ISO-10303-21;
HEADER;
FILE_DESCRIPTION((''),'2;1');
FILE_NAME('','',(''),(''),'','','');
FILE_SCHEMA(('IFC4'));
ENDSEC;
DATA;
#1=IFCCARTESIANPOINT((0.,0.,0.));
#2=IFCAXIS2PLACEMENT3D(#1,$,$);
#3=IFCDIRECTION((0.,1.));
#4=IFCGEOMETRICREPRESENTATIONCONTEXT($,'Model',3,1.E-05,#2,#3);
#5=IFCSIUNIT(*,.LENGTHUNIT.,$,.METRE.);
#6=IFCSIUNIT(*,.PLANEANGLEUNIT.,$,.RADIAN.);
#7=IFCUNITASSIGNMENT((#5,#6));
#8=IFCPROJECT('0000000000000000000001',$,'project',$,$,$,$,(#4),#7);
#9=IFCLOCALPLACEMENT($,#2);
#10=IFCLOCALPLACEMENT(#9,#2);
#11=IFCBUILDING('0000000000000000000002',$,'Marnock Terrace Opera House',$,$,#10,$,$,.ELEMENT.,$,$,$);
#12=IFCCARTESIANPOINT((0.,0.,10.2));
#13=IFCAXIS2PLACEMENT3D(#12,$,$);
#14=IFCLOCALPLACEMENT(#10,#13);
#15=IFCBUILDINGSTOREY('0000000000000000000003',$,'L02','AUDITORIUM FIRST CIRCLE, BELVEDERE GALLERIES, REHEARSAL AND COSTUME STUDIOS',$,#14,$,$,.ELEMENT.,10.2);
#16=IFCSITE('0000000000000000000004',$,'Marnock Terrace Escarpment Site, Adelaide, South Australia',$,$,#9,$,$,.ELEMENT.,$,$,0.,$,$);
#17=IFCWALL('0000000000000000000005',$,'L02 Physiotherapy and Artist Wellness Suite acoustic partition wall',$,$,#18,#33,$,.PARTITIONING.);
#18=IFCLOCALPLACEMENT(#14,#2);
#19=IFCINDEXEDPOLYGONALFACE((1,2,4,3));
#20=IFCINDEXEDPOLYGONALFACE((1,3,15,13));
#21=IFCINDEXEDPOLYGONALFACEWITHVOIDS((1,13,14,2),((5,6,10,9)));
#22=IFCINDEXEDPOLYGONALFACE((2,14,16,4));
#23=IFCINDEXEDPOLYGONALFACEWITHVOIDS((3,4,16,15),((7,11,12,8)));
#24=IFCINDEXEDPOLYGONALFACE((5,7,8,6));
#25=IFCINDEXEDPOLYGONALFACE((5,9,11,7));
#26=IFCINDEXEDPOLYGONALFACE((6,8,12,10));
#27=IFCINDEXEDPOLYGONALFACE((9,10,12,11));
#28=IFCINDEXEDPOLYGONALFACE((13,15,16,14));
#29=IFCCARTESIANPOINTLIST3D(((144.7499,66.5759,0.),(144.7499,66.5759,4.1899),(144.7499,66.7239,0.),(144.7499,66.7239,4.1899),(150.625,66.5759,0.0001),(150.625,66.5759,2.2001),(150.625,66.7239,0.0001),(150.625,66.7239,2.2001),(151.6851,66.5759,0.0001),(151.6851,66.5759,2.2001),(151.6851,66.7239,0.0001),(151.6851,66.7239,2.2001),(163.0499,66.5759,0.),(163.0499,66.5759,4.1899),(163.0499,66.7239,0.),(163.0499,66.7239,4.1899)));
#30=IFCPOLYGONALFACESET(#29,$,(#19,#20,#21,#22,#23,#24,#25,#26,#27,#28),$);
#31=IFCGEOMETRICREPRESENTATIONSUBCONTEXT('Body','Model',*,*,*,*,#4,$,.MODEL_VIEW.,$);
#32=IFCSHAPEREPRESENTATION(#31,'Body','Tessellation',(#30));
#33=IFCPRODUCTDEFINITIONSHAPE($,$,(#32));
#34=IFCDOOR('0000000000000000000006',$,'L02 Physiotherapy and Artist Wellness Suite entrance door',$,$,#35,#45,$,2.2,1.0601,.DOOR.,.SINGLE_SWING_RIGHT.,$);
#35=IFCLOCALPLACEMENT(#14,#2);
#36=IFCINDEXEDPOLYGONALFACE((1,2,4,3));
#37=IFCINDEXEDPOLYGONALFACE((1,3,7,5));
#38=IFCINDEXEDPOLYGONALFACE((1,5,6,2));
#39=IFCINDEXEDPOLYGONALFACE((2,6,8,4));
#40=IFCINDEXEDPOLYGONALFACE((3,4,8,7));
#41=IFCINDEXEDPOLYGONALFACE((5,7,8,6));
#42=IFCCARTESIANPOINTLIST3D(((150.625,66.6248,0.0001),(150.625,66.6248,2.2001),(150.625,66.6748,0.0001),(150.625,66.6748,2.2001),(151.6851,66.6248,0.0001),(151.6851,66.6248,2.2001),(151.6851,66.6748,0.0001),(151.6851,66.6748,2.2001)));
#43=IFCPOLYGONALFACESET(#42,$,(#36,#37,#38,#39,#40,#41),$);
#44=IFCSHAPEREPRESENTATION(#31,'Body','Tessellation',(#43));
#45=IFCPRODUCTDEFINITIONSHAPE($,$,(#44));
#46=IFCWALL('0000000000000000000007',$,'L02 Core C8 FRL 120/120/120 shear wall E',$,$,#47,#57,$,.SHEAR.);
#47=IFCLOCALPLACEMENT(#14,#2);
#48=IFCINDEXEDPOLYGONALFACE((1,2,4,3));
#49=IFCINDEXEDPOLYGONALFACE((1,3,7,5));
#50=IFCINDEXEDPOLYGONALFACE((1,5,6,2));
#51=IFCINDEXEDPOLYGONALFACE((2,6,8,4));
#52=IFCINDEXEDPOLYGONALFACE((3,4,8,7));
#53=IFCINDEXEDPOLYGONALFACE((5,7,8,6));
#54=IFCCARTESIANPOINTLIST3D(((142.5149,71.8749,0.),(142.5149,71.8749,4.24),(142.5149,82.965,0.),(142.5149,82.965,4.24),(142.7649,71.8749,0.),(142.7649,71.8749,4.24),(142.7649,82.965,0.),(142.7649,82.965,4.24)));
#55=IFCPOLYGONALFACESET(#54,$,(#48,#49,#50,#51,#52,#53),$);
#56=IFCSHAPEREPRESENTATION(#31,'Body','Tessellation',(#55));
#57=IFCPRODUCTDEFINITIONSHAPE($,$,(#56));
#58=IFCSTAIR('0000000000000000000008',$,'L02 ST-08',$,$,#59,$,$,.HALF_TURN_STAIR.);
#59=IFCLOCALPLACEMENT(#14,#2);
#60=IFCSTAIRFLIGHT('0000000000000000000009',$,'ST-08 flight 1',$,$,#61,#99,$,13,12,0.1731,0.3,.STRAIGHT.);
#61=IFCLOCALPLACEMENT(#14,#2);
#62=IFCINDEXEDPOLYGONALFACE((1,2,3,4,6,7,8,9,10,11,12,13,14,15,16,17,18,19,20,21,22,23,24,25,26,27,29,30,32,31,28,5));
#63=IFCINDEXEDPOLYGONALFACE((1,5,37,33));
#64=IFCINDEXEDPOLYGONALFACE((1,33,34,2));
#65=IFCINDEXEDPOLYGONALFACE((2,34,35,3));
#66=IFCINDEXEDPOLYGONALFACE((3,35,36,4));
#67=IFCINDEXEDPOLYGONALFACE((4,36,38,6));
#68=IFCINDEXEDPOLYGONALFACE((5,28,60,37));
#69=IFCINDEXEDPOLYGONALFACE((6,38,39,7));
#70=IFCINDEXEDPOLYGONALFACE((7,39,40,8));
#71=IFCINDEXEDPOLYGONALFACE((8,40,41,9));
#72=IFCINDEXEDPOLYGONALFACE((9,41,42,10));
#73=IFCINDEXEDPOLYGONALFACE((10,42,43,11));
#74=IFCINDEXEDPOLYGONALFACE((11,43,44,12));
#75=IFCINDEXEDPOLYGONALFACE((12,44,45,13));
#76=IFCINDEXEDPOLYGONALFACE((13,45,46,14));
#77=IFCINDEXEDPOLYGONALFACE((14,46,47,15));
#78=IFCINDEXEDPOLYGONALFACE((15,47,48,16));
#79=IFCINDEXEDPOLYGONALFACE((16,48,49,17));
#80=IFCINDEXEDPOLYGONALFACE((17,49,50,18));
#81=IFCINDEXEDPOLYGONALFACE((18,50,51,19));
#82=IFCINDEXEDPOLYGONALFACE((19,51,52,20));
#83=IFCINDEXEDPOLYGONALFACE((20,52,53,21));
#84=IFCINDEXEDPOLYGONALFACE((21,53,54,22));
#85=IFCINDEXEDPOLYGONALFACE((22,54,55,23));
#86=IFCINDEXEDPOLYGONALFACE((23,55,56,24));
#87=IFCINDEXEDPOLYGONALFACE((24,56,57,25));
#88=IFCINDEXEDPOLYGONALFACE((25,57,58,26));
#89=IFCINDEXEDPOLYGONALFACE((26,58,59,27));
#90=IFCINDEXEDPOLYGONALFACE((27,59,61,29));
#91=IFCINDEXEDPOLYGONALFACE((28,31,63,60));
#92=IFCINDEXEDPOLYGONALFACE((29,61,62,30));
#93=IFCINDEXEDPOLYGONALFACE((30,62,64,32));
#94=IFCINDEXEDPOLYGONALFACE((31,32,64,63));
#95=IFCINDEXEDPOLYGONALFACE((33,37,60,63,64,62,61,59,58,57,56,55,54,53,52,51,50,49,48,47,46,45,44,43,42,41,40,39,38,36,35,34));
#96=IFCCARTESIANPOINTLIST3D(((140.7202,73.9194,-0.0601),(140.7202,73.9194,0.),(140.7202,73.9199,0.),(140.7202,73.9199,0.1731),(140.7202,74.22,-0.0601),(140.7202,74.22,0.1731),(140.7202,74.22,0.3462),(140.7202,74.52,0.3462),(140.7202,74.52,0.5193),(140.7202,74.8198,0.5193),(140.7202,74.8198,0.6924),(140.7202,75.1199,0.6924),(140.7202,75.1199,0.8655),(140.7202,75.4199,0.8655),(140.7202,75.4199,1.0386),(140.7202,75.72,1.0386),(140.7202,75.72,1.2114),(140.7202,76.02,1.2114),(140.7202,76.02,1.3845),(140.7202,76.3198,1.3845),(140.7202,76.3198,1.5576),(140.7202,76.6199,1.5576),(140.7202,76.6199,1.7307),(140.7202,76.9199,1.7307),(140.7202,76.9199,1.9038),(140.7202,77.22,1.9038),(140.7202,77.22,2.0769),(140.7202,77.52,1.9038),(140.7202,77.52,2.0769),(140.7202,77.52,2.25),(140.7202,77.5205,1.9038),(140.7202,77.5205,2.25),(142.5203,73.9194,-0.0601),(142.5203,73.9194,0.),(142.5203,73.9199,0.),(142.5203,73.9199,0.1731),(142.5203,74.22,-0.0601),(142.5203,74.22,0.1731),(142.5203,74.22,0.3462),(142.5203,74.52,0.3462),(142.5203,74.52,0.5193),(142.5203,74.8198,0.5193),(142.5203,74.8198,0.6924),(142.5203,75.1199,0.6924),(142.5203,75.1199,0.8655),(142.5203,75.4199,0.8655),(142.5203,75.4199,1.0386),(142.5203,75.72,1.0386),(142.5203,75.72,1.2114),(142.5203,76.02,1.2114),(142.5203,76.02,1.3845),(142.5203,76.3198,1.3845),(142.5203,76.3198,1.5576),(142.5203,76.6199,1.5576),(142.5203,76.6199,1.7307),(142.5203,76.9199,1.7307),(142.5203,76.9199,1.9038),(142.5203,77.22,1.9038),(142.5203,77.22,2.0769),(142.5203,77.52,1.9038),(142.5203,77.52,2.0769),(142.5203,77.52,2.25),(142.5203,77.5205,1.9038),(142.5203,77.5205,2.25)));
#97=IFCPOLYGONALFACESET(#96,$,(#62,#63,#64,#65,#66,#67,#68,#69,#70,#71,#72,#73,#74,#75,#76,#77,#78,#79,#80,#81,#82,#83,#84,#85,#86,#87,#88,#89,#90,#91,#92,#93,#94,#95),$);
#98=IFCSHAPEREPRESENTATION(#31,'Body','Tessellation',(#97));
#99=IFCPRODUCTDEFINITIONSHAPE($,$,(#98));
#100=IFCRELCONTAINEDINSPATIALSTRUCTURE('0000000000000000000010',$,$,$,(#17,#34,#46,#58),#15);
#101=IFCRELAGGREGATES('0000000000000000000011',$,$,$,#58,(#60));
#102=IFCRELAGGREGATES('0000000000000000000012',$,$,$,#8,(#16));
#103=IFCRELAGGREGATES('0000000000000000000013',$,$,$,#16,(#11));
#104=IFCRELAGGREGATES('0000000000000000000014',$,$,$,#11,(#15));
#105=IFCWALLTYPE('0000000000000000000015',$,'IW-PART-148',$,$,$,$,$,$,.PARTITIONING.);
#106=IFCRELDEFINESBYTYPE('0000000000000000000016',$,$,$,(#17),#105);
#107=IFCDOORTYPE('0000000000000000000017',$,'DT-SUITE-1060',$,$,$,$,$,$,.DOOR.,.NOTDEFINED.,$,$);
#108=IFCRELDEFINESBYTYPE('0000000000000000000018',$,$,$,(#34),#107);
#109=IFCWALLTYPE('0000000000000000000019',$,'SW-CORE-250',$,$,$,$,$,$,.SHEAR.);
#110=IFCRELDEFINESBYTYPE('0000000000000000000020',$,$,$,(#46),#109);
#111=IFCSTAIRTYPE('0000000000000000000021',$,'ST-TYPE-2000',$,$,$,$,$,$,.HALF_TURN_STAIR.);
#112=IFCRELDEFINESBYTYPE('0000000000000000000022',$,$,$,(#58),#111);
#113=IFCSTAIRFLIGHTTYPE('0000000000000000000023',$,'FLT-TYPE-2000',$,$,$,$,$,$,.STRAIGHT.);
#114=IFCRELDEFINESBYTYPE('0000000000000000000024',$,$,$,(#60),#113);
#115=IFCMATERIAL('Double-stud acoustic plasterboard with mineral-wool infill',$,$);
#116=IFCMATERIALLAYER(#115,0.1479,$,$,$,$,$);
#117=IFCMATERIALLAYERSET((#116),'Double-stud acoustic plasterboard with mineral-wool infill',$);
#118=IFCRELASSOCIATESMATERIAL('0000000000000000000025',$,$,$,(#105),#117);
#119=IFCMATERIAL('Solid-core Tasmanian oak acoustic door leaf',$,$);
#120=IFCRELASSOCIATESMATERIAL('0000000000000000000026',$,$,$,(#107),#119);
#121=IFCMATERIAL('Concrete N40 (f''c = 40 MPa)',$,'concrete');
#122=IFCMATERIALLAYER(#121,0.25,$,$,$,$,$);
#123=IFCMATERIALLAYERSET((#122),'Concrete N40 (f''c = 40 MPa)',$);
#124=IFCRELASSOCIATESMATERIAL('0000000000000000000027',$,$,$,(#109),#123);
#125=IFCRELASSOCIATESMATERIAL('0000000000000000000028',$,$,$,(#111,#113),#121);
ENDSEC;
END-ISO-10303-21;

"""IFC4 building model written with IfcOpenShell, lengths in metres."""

from ifc_helpers import new_model, si_unit, direction, frame, frame_2d, origin, place, context, subcontext, project, spatial, polyline, rectangle, outline, extrude, material, layer, layer_set, type_object, element, fill, aggregate, save


model = new_model("IFC4")

# Units and contexts
model_context = context("Model", 3, precision=1e-05, world=origin(), true_north=direction((0.0, 1.0)))
body_context = subcontext(model_context, "Body", "Model", "MODEL_VIEW")
ifc_project = project(units=[si_unit("LENGTHUNIT", "METRE"), si_unit("PLANEANGLEUNIT", "RADIAN")], contexts=[model_context])

# Site, building, storey
site_placement = place(None, origin())
site = spatial("IfcSite", under=ifc_project, at=site_placement, Name="Marnock Terrace Escarpment Site, Adelaide, South Australia", CompositionType="ELEMENT", RefElevation=0.0)
building_placement = place(site_placement, origin())
building = spatial("IfcBuilding", under=site, at=building_placement, Name="Marnock Terrace Opera House", CompositionType="ELEMENT")
storey_placement = place(building_placement, frame((0.0, 0.0, 10.2)))
storey = spatial("IfcBuildingStorey", under=building, at=storey_placement, Name="L02", Description="AUDITORIUM FIRST CIRCLE, BELVEDERE GALLERIES, REHEARSAL AND COSTUME STUDIOS", CompositionType="ELEMENT", Elevation=10.2)

# Shared definitions
ifc_material_1 = material(Name="Concrete N40 (f'c = 40 MPa)", Category="concrete")

# Wall, opening, door
ifc_material_2 = material(Name="Double-stud acoustic plasterboard with mineral-wool infill")
ifc_layer_1 = layer(ifc_material_2, 0.1479)
ifc_layer_set_1 = layer_set([ifc_layer_1], Name="Double-stud acoustic plasterboard with mineral-wool infill")
wall_type_1 = type_object("IfcWallType", Name="IW-PART-148", PredefinedType="PARTITIONING", material=ifc_layer_set_1)
wall_1_placement = place(storey_placement, frame((144.75, 66.6499, 0.0), z_axis=(0.0, 0.0, 1.0), x_axis=(1.0, 0.0, 0.0)))
wall_1 = element("IfcWall", 1, at=wall_1_placement, inside=storey, type_object=wall_type_1, Name="L02 Physiotherapy and Artist Wellness Suite acoustic partition wall", PredefinedType="PARTITIONING", context=body_context, shape_type="SweptSolid", body=[
    extrude(rectangle(XDim=18.3, YDim=0.1479, at=frame_2d((9.1499, 0.0))), origin(), (0.0, 0.0, 1.0), 4.1899),
])
opening_placement = place(wall_1_placement, frame((5.875, 0.0, 0.0)))
opening = element("IfcOpeningElement", 2, at=opening_placement, cuts=wall_1, PredefinedType="OPENING", context=body_context, shape_type="SweptSolid", body=[
    extrude(rectangle(XDim=1.0601, YDim=2.2, at=frame_2d((0.53, 1.1001))), frame((0.0, 0.084, 0.0), z_axis=(0.0, -1.0, 0.0), x_axis=(1.0, 0.0, 0.0)), (0.0, 0.0, 1.0), 0.168),
])
ifc_material_3 = material(Name="Solid-core Tasmanian oak acoustic door leaf")
door_type = type_object("IfcDoorType", Name="DT-SUITE-1060", OperationType="NOTDEFINED", PredefinedType="DOOR", material=ifc_material_3)
door_placement = place(opening_placement, origin())
door = element("IfcDoor", 3, at=door_placement, inside=storey, type_object=door_type, Name="L02 Physiotherapy and Artist Wellness Suite entrance door", OperationType="SINGLE_SWING_RIGHT", OverallHeight=2.2, OverallWidth=1.0601, PredefinedType="DOOR", context=body_context, shape_type="SweptSolid", body=[
    extrude(rectangle(XDim=1.0601, YDim=2.2, at=frame_2d((0.53, 1.1001))), frame((0.0, 0.0249, 0.0), z_axis=(0.0, -1.0, 0.0), x_axis=(1.0, 0.0, 0.0)), (0.0, 0.0, 1.0), 0.05),
])
fill(opening, door)

# Wall
ifc_layer_2 = layer(ifc_material_1, 0.25)
ifc_layer_set_2 = layer_set([ifc_layer_2], Name="Concrete N40 (f'c = 40 MPa)")
wall_type_2 = type_object("IfcWallType", Name="SW-CORE-250", PredefinedType="SHEAR", material=ifc_layer_set_2)
wall_2_placement = place(storey_placement, frame((142.6399, 71.875, 0.0), z_axis=(0.0, 0.0, 1.0), x_axis=(0.0, 1.0, 0.0)))
element("IfcWall", 4, at=wall_2_placement, inside=storey, type_object=wall_type_2, Name="L02 Core C8 FRL 120/120/120 shear wall E", PredefinedType="SHEAR", context=body_context, shape_type="SweptSolid", body=[
    extrude(rectangle(XDim=11.0901, YDim=0.25, at=frame_2d((5.5449, 0.0))), origin(), (0.0, 0.0, 1.0), 4.24),
])

# Stair, stair flight
stair_type = type_object("IfcStairType", Name="ST-TYPE-2000", PredefinedType="HALF_TURN_STAIR", material=ifc_material_1)
stair_placement = place(storey_placement, origin())
stair = element("IfcStair", 5, at=stair_placement, inside=storey, type_object=stair_type, Name="L02 ST-08", PredefinedType="HALF_TURN_STAIR")
stair_flight_type = type_object("IfcStairFlightType", Name="FLT-TYPE-2000", PredefinedType="STRAIGHT", material=ifc_material_1)
stair_flight_placement = place(storey_placement, frame((141.6201, 73.9199, 0.0), z_axis=(0.0, 0.0, 1.0), x_axis=(0.0, 1.0, 0.0)))
stair_flight = element("IfcStairFlight", 6, at=stair_flight_placement, type_object=stair_flight_type, Name="ST-08 flight 1", NumberOfRisers=13, NumberOfTreads=12, PredefinedType="STRAIGHT", RiserHeight=0.1731, TreadLength=0.3, context=body_context, shape_type="SweptSolid", body=[
    extrude(outline(polyline([(-0.0005, -0.0601), (-0.0005, 0.0), (0.0, 0.0), (0.0, 0.1731), (0.3, 0.1731), (0.3, 0.3462), (0.6001, 0.3462), (0.6001, 0.5193), (0.8999, 0.5193), (0.8999, 0.6924), (1.2, 0.6924), (1.2, 0.8655), (1.5, 0.8655), (1.5, 1.0386), (1.8, 1.0386), (1.8, 1.2114), (2.1001, 1.2114), (2.1001, 1.3845), (2.3999, 1.3845), (2.3999, 1.5576), (2.7, 1.5576), (2.7, 1.7307), (3.0, 1.7307), (3.0, 1.9038), (3.3, 1.9038), (3.3, 2.0769), (3.6001, 2.0769), (3.6001, 2.25), (3.6006, 2.25), (3.6006, 1.9038), (3.6001, 1.9038), (0.3, -0.0601), (-0.0005, -0.0601)])), frame((0.0, 0.8999, 0.0), z_axis=(0.0, -1.0, 0.0), x_axis=(1.0, 0.0, 0.0)), (0.0, 0.0, 1.0), 1.8),
])
aggregate(stair, [stair_flight])

save(model, "model.ifc")
